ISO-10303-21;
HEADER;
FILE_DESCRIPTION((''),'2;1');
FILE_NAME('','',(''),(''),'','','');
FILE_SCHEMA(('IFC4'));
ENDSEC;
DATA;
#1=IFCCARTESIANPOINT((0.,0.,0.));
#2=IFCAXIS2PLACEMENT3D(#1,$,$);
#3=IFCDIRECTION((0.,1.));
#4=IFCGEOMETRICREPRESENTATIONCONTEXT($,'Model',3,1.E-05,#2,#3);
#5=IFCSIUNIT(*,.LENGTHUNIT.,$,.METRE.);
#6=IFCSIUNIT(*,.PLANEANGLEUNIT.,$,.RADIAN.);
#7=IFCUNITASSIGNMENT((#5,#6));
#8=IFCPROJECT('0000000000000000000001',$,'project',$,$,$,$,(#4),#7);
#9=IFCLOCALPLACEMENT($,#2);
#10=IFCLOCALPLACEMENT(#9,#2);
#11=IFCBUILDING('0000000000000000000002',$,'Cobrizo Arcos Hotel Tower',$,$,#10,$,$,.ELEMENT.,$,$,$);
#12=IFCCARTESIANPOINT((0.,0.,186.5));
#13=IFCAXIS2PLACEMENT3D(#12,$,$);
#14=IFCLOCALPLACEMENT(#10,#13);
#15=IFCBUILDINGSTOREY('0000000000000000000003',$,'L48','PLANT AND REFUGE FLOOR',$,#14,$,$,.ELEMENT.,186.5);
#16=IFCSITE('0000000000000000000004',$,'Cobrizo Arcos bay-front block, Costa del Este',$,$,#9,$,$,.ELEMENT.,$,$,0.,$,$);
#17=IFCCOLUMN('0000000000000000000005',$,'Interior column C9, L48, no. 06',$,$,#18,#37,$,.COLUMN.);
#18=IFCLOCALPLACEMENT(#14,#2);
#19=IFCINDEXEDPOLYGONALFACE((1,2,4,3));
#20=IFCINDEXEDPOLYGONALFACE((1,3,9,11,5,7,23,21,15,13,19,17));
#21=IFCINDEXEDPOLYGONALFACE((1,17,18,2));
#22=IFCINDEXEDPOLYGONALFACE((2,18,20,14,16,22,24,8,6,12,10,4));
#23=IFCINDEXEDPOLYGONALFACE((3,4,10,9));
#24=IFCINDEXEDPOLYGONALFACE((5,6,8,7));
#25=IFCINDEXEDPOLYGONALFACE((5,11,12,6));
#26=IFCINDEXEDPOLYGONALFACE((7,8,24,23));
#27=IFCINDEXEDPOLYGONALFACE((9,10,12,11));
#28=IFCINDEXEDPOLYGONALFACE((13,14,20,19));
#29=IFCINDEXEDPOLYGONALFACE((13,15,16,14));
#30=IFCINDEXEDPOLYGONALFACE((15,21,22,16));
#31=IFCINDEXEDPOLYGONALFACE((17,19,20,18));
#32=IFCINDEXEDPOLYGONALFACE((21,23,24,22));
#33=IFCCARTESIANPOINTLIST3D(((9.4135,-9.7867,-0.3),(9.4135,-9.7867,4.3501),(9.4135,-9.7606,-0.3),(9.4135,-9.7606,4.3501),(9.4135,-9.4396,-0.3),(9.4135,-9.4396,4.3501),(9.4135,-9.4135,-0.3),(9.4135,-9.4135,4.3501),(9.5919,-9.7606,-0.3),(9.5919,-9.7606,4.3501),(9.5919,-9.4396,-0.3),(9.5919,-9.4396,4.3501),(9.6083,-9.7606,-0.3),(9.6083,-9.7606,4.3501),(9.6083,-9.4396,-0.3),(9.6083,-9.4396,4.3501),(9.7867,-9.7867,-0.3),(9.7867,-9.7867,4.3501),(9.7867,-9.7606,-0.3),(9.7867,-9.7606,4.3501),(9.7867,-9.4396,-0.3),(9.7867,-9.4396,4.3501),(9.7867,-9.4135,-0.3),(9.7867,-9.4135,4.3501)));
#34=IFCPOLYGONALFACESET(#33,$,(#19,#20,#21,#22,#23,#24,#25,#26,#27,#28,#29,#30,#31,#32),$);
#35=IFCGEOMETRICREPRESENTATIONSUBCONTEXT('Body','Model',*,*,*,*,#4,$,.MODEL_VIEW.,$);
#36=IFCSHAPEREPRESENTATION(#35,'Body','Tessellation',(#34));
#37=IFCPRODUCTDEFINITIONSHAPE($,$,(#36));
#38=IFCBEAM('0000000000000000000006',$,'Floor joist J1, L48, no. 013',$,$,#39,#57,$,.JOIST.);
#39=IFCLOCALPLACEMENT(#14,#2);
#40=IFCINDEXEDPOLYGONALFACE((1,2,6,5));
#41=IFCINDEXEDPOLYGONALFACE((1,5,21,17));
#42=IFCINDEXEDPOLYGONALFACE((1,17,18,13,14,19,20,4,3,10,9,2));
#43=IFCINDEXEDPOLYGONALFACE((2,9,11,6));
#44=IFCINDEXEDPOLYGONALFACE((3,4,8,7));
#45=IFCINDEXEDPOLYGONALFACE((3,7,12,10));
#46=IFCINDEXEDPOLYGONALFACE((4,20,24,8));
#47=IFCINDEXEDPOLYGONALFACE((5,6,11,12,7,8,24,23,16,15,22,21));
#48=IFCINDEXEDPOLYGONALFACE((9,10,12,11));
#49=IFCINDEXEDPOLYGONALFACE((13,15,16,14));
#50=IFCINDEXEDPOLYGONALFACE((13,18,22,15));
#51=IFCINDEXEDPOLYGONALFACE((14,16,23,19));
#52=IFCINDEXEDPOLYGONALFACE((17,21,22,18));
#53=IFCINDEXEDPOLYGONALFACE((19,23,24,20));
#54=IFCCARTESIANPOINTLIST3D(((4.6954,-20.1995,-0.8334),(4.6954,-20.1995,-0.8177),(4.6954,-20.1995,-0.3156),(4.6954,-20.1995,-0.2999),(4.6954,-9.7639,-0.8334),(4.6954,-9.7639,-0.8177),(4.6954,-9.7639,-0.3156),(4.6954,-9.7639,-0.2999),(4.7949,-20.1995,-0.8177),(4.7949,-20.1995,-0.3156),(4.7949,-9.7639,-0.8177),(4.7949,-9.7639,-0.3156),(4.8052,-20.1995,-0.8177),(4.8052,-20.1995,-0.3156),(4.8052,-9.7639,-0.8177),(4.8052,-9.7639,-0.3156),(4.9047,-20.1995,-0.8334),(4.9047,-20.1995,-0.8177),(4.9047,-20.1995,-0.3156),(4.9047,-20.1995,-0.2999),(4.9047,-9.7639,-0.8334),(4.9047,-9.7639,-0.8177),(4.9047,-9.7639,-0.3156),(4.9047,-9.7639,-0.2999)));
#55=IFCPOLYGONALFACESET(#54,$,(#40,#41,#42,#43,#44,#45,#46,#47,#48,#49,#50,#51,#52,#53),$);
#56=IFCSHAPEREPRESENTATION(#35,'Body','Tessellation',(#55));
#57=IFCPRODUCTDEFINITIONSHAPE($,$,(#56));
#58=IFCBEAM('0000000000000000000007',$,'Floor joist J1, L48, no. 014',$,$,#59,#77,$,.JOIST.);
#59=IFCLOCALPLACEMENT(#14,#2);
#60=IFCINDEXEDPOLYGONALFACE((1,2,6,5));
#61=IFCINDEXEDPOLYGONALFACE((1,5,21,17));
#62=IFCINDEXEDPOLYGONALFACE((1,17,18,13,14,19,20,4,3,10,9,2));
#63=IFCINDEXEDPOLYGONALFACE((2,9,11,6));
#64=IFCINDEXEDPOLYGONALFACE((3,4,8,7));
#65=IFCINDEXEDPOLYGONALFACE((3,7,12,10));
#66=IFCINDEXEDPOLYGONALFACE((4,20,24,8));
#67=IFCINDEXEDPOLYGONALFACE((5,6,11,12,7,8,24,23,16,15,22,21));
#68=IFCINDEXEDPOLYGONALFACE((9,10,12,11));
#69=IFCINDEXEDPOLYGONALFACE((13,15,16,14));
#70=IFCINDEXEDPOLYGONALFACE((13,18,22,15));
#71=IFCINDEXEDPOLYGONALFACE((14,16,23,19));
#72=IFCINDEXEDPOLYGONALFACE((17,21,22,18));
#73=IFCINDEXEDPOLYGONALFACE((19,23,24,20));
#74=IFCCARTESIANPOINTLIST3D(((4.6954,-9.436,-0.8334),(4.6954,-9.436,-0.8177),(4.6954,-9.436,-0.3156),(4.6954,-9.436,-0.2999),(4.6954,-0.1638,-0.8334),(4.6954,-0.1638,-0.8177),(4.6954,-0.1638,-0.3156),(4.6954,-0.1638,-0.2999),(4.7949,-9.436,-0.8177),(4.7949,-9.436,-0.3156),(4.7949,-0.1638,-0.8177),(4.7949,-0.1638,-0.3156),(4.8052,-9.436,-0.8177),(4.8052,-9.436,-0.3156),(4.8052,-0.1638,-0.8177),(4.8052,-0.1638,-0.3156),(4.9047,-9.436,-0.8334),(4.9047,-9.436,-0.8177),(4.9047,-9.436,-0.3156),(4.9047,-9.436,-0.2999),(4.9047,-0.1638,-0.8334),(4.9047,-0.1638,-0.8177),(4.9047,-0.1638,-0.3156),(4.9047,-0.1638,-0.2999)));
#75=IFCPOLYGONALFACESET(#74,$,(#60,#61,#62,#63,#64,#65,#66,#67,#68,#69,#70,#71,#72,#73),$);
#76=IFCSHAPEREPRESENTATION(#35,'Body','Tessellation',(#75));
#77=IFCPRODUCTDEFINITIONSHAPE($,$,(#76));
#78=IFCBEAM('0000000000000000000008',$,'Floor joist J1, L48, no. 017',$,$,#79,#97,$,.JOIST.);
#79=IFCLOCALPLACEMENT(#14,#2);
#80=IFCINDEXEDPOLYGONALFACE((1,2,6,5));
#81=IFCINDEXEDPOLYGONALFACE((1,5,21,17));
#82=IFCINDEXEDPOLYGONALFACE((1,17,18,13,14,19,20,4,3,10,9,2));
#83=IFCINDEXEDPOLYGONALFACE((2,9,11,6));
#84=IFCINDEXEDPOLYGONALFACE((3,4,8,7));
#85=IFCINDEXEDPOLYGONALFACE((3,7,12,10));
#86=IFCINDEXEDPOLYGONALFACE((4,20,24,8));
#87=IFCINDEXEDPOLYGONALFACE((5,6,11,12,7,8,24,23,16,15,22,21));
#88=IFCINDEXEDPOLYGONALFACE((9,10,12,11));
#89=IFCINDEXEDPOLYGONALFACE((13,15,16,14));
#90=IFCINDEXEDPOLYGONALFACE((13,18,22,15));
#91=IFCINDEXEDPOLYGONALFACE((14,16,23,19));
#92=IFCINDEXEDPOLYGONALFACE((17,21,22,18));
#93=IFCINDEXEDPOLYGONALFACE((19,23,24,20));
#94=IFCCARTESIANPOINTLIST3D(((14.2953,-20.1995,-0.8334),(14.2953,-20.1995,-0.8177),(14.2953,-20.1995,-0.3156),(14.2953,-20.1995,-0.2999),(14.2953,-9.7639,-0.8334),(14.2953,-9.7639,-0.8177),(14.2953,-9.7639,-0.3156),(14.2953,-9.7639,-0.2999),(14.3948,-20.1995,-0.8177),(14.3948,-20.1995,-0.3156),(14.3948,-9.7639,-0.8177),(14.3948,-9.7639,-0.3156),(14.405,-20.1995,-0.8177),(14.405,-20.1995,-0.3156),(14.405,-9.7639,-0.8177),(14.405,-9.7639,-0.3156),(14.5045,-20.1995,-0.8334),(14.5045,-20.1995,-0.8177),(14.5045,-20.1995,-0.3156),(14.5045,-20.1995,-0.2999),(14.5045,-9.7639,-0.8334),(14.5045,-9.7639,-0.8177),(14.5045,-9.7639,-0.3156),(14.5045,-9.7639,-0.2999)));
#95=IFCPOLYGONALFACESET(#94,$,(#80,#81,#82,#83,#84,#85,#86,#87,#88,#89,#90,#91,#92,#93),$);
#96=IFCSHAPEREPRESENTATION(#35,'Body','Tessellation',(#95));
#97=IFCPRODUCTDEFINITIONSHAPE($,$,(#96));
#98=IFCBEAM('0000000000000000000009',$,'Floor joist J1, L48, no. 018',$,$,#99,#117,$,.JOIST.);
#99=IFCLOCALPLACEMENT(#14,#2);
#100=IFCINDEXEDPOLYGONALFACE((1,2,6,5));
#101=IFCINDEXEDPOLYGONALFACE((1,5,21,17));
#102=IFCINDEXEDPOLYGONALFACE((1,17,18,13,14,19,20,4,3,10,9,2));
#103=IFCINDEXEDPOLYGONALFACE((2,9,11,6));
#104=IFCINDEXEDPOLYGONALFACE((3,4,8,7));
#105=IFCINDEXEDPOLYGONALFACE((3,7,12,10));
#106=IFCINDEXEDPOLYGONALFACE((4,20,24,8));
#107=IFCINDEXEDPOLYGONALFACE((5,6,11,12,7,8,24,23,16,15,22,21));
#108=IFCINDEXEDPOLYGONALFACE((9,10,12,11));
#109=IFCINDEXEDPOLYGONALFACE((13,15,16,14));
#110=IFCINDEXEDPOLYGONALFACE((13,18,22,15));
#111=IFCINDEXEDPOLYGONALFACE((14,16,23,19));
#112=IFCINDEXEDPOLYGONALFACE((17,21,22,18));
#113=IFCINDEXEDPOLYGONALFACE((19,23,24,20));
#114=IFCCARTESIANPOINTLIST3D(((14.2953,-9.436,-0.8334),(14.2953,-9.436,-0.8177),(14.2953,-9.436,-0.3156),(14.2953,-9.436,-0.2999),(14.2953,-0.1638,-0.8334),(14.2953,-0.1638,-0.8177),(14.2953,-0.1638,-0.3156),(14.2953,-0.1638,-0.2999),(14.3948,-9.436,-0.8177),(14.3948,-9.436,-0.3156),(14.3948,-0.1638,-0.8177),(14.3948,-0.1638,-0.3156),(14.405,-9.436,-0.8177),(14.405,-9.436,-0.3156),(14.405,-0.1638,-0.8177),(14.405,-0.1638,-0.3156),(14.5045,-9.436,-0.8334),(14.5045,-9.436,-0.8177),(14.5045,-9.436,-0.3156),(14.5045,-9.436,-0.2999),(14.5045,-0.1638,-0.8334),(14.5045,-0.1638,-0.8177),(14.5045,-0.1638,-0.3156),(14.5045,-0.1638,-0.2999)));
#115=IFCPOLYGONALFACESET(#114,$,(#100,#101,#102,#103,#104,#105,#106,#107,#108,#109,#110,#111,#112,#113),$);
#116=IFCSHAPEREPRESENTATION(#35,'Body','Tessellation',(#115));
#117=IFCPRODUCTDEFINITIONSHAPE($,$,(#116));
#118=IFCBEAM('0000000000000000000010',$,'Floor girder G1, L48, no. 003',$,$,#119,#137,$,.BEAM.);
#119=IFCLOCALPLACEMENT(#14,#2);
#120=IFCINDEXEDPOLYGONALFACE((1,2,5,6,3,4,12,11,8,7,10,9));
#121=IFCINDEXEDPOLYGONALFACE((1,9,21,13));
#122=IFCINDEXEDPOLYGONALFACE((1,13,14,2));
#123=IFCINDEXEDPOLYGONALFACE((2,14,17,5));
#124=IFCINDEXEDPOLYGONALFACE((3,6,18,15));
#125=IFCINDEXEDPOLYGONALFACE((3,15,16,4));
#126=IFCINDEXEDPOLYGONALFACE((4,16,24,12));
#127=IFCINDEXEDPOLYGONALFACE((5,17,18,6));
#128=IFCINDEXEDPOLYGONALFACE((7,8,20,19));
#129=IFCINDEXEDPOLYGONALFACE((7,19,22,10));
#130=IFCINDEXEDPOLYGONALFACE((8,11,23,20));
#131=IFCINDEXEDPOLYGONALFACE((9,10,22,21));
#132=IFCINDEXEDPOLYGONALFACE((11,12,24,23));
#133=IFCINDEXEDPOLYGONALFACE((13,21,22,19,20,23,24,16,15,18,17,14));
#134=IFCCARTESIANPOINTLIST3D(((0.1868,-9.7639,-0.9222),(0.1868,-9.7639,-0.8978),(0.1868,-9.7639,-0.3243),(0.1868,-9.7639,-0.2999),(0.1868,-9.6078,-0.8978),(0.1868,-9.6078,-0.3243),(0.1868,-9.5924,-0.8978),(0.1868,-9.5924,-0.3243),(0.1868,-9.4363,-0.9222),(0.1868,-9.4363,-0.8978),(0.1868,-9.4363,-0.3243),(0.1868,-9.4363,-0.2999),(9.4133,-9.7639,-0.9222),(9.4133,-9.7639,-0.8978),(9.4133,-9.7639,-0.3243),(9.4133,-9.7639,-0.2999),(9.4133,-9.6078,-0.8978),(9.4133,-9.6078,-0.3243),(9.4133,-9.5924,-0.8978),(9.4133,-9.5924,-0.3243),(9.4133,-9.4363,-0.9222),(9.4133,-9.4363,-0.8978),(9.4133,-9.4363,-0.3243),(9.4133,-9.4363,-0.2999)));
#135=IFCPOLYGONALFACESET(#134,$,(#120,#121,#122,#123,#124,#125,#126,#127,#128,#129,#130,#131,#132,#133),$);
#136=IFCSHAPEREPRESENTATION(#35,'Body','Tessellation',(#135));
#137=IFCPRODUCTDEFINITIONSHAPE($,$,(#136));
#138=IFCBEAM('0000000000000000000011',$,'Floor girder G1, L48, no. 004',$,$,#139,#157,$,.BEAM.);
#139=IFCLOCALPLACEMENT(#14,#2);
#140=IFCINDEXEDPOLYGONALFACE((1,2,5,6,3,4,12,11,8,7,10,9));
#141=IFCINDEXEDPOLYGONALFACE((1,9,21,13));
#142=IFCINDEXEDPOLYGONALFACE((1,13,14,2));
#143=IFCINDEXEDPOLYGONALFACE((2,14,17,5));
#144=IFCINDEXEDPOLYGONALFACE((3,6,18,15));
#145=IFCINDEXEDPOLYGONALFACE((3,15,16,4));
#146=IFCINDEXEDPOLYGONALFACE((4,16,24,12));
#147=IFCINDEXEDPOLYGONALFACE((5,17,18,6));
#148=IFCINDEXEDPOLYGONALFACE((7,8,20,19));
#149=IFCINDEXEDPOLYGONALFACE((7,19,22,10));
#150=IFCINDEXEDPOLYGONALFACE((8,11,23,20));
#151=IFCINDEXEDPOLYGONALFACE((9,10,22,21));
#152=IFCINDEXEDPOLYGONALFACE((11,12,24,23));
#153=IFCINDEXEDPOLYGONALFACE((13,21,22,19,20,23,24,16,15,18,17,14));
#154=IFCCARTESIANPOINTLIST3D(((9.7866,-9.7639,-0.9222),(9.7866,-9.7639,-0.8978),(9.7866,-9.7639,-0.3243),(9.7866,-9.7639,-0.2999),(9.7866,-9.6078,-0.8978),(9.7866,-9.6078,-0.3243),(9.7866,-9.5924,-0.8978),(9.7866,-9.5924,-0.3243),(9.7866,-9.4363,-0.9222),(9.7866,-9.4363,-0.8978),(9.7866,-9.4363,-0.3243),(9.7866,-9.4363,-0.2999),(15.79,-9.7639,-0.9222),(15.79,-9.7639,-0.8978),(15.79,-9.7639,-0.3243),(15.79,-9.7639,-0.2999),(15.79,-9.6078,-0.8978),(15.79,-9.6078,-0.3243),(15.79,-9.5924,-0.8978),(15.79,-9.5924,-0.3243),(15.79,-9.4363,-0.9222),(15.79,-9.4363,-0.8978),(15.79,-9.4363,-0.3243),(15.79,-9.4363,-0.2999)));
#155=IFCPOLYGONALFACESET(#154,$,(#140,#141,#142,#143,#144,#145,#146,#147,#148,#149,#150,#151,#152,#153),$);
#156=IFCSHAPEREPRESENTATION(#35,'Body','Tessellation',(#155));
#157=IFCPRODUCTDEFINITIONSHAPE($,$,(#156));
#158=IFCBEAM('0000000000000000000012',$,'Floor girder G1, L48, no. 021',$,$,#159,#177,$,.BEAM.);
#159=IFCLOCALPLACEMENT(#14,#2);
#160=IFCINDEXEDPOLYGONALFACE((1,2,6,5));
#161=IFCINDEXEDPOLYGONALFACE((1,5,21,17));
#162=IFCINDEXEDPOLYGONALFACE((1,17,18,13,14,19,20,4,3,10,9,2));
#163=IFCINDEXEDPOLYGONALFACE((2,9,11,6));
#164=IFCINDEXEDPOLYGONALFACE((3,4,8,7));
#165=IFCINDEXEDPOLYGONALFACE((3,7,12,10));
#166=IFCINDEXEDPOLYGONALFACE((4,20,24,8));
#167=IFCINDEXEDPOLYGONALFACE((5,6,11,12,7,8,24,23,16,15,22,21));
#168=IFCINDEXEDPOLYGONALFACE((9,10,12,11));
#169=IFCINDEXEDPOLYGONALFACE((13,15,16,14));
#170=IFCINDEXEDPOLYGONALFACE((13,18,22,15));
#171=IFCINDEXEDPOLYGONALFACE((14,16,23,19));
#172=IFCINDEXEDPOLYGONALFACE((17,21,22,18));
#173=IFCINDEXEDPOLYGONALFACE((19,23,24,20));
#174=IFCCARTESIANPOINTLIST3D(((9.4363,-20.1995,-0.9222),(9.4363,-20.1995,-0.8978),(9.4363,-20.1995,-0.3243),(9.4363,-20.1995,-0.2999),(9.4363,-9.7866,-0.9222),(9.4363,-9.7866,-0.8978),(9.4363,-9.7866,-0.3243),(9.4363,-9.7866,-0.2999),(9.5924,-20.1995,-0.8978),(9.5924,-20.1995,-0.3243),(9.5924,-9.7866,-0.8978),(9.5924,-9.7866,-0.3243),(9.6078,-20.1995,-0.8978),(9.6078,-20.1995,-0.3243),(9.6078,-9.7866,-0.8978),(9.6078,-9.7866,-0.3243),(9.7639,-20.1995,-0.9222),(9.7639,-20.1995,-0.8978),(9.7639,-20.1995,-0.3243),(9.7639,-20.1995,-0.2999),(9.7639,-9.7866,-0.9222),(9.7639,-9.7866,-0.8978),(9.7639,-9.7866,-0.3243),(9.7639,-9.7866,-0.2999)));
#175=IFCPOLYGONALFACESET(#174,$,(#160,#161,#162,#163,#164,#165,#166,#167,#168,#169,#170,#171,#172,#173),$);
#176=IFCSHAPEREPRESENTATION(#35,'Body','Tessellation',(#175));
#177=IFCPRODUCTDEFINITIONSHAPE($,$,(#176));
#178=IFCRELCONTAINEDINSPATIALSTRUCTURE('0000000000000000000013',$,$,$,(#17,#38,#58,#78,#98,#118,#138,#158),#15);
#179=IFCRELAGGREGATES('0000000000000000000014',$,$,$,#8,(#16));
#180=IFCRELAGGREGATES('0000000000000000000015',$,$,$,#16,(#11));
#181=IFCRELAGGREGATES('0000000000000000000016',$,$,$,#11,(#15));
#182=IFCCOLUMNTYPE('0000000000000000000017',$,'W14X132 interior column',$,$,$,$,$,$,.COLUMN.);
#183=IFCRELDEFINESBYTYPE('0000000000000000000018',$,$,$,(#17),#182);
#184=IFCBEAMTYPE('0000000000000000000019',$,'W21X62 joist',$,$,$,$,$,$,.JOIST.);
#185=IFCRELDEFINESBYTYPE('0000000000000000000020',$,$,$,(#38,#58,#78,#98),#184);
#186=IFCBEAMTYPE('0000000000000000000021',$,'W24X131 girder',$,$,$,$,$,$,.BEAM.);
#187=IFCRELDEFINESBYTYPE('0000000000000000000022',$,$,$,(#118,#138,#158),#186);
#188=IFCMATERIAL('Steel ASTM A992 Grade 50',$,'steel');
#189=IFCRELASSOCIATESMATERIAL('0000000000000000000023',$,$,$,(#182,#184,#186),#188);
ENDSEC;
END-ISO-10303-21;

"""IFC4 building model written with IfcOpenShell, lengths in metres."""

from ifc_helpers import new_model, si_unit, direction, frame, origin, origin_2d, place, context, subcontext, project, spatial, i_section, extrude, material, material_profile, profile_set, type_object, element, save


model = new_model("IFC4")

# Units and contexts
model_context = context("Model", 3, precision=1e-05, world=origin(), true_north=direction((0.0, 1.0)))
body_context = subcontext(model_context, "Body", "Model", "MODEL_VIEW")
ifc_project = project(units=[si_unit("LENGTHUNIT", "METRE"), si_unit("PLANEANGLEUNIT", "RADIAN")], contexts=[model_context])

# Site, building, storey
site_placement = place(None, origin())
site = spatial("IfcSite", under=ifc_project, at=site_placement, Name="Cobrizo Arcos bay-front block, Costa del Este", CompositionType="ELEMENT", RefElevation=0.0)
building_placement = place(site_placement, origin())
building = spatial("IfcBuilding", under=site, at=building_placement, Name="Cobrizo Arcos Hotel Tower", CompositionType="ELEMENT")
storey_placement = place(building_placement, frame((0.0, 0.0, 186.5)))
storey = spatial("IfcBuildingStorey", under=building, at=storey_placement, Name="L48", Description="PLANT AND REFUGE FLOOR", CompositionType="ELEMENT", Elevation=186.5)

# Column
ifc_material_1 = material(Name="Steel ASTM A992 Grade 50", Category="steel")
ifc_material_profile_1 = material_profile(ifc_material_1, i_section(OverallWidth=0.3733, OverallDepth=0.3733, WebThickness=0.0164, FlangeThickness=0.0261, at=origin_2d()), Name="W14X132")
ifc_profile_set_1 = profile_set([ifc_material_profile_1], Name="Steel ASTM A992 Grade 50")
column_type = type_object("IfcColumnType", Name="W14X132 interior column", PredefinedType="COLUMN", material=ifc_profile_set_1)
column_placement = place(storey_placement, frame((9.6001, -9.6001, -0.3), z_axis=(0.0, 0.0, 1.0), x_axis=(1.0, 0.0, 0.0)))
element("IfcColumn", 1, at=column_placement, inside=storey, type_object=column_type, Name="Interior column C9, L48, no. 06", PredefinedType="COLUMN", context=body_context, shape_type="SweptSolid", body=[
    extrude(i_section(OverallWidth=0.3733, OverallDepth=0.3733, WebThickness=0.0164, FlangeThickness=0.0261, at=origin_2d()), origin(), (0.0, 0.0, 1.0), 4.6501),
])

# Beams
ifc_material_profile_2 = material_profile(ifc_material_1, i_section(OverallWidth=0.2092, OverallDepth=0.5334, WebThickness=0.0103, FlangeThickness=0.0156, at=origin_2d()), Name="W21X62")
ifc_profile_set_2 = profile_set([ifc_material_profile_2], Name="Steel ASTM A992 Grade 50")
beam_type_1 = type_object("IfcBeamType", Name="W21X62 joist", PredefinedType="JOIST", material=ifc_profile_set_2)
beam_1_placement = place(storey_placement, frame((4.8, -20.1995, -0.5667), z_axis=(0.0, 1.0, 0.0), x_axis=(-1.0, 0.0, 0.0)))
element("IfcBeam", 2, at=beam_1_placement, inside=storey, type_object=beam_type_1, Name="Floor joist J1, L48, no. 013", PredefinedType="JOIST", context=body_context, shape_type="SweptSolid", body=[
    extrude(i_section(OverallWidth=0.2092, OverallDepth=0.5334, WebThickness=0.0103, FlangeThickness=0.0156, at=origin_2d()), origin(), (0.0, 0.0, 1.0), 10.4355),
])
beam_2_placement = place(storey_placement, frame((4.8, -9.436, -0.5667), z_axis=(0.0, 1.0, 0.0), x_axis=(-1.0, 0.0, 0.0)))
element("IfcBeam", 3, at=beam_2_placement, inside=storey, type_object=beam_type_1, Name="Floor joist J1, L48, no. 014", PredefinedType="JOIST", context=body_context, shape_type="SweptSolid", body=[
    extrude(i_section(OverallWidth=0.2092, OverallDepth=0.5334, WebThickness=0.0103, FlangeThickness=0.0156, at=origin_2d()), origin(), (0.0, 0.0, 1.0), 9.2722),
])
beam_3_placement = place(storey_placement, frame((14.3999, -20.1995, -0.5667), z_axis=(0.0, 1.0, 0.0), x_axis=(-1.0, 0.0, 0.0)))
element("IfcBeam", 4, at=beam_3_placement, inside=storey, type_object=beam_type_1, Name="Floor joist J1, L48, no. 017", PredefinedType="JOIST", context=body_context, shape_type="SweptSolid", body=[
    extrude(i_section(OverallWidth=0.2092, OverallDepth=0.5334, WebThickness=0.0103, FlangeThickness=0.0156, at=origin_2d()), origin(), (0.0, 0.0, 1.0), 10.4355),
])
beam_4_placement = place(storey_placement, frame((14.3999, -9.436, -0.5667), z_axis=(0.0, 1.0, 0.0), x_axis=(-1.0, 0.0, 0.0)))
element("IfcBeam", 5, at=beam_4_placement, inside=storey, type_object=beam_type_1, Name="Floor joist J1, L48, no. 018", PredefinedType="JOIST", context=body_context, shape_type="SweptSolid", body=[
    extrude(i_section(OverallWidth=0.2092, OverallDepth=0.5334, WebThickness=0.0103, FlangeThickness=0.0156, at=origin_2d()), origin(), (0.0, 0.0, 1.0), 9.2722),
])
ifc_material_profile_3 = material_profile(ifc_material_1, i_section(OverallWidth=0.3276, OverallDepth=0.6223, WebThickness=0.0154, FlangeThickness=0.0244, at=origin_2d()), Name="W24X131")
ifc_profile_set_3 = profile_set([ifc_material_profile_3], Name="Steel ASTM A992 Grade 50")
beam_type_2 = type_object("IfcBeamType", Name="W24X131 girder", PredefinedType="BEAM", material=ifc_profile_set_3)
beam_5_placement = place(storey_placement, frame((0.1868, -9.6001, -0.6111), z_axis=(1.0, 0.0, 0.0), x_axis=(0.0, 1.0, 0.0)))
element("IfcBeam", 6, at=beam_5_placement, inside=storey, type_object=beam_type_2, Name="Floor girder G1, L48, no. 003", PredefinedType="BEAM", context=body_context, shape_type="SweptSolid", body=[
    extrude(i_section(OverallWidth=0.3276, OverallDepth=0.6223, WebThickness=0.0154, FlangeThickness=0.0244, at=origin_2d()), origin(), (0.0, 0.0, 1.0), 9.2266),
])
beam_6_placement = place(storey_placement, frame((9.7866, -9.6001, -0.6111), z_axis=(1.0, 0.0, 0.0), x_axis=(0.0, 1.0, 0.0)))
element("IfcBeam", 7, at=beam_6_placement, inside=storey, type_object=beam_type_2, Name="Floor girder G1, L48, no. 004", PredefinedType="BEAM", context=body_context, shape_type="SweptSolid", body=[
    extrude(i_section(OverallWidth=0.3276, OverallDepth=0.6223, WebThickness=0.0154, FlangeThickness=0.0244, at=origin_2d()), origin(), (0.0, 0.0, 1.0), 6.0034),
])
beam_7_placement = place(storey_placement, frame((9.6001, -20.1995, -0.6111), z_axis=(0.0, 1.0, 0.0), x_axis=(-1.0, 0.0, 0.0)))
element("IfcBeam", 8, at=beam_7_placement, inside=storey, type_object=beam_type_2, Name="Floor girder G1, L48, no. 021", PredefinedType="BEAM", context=body_context, shape_type="SweptSolid", body=[
    extrude(i_section(OverallWidth=0.3276, OverallDepth=0.6223, WebThickness=0.0154, FlangeThickness=0.0244, at=origin_2d()), origin(), (0.0, 0.0, 1.0), 10.4128),
])

save(model, "model.ifc")
